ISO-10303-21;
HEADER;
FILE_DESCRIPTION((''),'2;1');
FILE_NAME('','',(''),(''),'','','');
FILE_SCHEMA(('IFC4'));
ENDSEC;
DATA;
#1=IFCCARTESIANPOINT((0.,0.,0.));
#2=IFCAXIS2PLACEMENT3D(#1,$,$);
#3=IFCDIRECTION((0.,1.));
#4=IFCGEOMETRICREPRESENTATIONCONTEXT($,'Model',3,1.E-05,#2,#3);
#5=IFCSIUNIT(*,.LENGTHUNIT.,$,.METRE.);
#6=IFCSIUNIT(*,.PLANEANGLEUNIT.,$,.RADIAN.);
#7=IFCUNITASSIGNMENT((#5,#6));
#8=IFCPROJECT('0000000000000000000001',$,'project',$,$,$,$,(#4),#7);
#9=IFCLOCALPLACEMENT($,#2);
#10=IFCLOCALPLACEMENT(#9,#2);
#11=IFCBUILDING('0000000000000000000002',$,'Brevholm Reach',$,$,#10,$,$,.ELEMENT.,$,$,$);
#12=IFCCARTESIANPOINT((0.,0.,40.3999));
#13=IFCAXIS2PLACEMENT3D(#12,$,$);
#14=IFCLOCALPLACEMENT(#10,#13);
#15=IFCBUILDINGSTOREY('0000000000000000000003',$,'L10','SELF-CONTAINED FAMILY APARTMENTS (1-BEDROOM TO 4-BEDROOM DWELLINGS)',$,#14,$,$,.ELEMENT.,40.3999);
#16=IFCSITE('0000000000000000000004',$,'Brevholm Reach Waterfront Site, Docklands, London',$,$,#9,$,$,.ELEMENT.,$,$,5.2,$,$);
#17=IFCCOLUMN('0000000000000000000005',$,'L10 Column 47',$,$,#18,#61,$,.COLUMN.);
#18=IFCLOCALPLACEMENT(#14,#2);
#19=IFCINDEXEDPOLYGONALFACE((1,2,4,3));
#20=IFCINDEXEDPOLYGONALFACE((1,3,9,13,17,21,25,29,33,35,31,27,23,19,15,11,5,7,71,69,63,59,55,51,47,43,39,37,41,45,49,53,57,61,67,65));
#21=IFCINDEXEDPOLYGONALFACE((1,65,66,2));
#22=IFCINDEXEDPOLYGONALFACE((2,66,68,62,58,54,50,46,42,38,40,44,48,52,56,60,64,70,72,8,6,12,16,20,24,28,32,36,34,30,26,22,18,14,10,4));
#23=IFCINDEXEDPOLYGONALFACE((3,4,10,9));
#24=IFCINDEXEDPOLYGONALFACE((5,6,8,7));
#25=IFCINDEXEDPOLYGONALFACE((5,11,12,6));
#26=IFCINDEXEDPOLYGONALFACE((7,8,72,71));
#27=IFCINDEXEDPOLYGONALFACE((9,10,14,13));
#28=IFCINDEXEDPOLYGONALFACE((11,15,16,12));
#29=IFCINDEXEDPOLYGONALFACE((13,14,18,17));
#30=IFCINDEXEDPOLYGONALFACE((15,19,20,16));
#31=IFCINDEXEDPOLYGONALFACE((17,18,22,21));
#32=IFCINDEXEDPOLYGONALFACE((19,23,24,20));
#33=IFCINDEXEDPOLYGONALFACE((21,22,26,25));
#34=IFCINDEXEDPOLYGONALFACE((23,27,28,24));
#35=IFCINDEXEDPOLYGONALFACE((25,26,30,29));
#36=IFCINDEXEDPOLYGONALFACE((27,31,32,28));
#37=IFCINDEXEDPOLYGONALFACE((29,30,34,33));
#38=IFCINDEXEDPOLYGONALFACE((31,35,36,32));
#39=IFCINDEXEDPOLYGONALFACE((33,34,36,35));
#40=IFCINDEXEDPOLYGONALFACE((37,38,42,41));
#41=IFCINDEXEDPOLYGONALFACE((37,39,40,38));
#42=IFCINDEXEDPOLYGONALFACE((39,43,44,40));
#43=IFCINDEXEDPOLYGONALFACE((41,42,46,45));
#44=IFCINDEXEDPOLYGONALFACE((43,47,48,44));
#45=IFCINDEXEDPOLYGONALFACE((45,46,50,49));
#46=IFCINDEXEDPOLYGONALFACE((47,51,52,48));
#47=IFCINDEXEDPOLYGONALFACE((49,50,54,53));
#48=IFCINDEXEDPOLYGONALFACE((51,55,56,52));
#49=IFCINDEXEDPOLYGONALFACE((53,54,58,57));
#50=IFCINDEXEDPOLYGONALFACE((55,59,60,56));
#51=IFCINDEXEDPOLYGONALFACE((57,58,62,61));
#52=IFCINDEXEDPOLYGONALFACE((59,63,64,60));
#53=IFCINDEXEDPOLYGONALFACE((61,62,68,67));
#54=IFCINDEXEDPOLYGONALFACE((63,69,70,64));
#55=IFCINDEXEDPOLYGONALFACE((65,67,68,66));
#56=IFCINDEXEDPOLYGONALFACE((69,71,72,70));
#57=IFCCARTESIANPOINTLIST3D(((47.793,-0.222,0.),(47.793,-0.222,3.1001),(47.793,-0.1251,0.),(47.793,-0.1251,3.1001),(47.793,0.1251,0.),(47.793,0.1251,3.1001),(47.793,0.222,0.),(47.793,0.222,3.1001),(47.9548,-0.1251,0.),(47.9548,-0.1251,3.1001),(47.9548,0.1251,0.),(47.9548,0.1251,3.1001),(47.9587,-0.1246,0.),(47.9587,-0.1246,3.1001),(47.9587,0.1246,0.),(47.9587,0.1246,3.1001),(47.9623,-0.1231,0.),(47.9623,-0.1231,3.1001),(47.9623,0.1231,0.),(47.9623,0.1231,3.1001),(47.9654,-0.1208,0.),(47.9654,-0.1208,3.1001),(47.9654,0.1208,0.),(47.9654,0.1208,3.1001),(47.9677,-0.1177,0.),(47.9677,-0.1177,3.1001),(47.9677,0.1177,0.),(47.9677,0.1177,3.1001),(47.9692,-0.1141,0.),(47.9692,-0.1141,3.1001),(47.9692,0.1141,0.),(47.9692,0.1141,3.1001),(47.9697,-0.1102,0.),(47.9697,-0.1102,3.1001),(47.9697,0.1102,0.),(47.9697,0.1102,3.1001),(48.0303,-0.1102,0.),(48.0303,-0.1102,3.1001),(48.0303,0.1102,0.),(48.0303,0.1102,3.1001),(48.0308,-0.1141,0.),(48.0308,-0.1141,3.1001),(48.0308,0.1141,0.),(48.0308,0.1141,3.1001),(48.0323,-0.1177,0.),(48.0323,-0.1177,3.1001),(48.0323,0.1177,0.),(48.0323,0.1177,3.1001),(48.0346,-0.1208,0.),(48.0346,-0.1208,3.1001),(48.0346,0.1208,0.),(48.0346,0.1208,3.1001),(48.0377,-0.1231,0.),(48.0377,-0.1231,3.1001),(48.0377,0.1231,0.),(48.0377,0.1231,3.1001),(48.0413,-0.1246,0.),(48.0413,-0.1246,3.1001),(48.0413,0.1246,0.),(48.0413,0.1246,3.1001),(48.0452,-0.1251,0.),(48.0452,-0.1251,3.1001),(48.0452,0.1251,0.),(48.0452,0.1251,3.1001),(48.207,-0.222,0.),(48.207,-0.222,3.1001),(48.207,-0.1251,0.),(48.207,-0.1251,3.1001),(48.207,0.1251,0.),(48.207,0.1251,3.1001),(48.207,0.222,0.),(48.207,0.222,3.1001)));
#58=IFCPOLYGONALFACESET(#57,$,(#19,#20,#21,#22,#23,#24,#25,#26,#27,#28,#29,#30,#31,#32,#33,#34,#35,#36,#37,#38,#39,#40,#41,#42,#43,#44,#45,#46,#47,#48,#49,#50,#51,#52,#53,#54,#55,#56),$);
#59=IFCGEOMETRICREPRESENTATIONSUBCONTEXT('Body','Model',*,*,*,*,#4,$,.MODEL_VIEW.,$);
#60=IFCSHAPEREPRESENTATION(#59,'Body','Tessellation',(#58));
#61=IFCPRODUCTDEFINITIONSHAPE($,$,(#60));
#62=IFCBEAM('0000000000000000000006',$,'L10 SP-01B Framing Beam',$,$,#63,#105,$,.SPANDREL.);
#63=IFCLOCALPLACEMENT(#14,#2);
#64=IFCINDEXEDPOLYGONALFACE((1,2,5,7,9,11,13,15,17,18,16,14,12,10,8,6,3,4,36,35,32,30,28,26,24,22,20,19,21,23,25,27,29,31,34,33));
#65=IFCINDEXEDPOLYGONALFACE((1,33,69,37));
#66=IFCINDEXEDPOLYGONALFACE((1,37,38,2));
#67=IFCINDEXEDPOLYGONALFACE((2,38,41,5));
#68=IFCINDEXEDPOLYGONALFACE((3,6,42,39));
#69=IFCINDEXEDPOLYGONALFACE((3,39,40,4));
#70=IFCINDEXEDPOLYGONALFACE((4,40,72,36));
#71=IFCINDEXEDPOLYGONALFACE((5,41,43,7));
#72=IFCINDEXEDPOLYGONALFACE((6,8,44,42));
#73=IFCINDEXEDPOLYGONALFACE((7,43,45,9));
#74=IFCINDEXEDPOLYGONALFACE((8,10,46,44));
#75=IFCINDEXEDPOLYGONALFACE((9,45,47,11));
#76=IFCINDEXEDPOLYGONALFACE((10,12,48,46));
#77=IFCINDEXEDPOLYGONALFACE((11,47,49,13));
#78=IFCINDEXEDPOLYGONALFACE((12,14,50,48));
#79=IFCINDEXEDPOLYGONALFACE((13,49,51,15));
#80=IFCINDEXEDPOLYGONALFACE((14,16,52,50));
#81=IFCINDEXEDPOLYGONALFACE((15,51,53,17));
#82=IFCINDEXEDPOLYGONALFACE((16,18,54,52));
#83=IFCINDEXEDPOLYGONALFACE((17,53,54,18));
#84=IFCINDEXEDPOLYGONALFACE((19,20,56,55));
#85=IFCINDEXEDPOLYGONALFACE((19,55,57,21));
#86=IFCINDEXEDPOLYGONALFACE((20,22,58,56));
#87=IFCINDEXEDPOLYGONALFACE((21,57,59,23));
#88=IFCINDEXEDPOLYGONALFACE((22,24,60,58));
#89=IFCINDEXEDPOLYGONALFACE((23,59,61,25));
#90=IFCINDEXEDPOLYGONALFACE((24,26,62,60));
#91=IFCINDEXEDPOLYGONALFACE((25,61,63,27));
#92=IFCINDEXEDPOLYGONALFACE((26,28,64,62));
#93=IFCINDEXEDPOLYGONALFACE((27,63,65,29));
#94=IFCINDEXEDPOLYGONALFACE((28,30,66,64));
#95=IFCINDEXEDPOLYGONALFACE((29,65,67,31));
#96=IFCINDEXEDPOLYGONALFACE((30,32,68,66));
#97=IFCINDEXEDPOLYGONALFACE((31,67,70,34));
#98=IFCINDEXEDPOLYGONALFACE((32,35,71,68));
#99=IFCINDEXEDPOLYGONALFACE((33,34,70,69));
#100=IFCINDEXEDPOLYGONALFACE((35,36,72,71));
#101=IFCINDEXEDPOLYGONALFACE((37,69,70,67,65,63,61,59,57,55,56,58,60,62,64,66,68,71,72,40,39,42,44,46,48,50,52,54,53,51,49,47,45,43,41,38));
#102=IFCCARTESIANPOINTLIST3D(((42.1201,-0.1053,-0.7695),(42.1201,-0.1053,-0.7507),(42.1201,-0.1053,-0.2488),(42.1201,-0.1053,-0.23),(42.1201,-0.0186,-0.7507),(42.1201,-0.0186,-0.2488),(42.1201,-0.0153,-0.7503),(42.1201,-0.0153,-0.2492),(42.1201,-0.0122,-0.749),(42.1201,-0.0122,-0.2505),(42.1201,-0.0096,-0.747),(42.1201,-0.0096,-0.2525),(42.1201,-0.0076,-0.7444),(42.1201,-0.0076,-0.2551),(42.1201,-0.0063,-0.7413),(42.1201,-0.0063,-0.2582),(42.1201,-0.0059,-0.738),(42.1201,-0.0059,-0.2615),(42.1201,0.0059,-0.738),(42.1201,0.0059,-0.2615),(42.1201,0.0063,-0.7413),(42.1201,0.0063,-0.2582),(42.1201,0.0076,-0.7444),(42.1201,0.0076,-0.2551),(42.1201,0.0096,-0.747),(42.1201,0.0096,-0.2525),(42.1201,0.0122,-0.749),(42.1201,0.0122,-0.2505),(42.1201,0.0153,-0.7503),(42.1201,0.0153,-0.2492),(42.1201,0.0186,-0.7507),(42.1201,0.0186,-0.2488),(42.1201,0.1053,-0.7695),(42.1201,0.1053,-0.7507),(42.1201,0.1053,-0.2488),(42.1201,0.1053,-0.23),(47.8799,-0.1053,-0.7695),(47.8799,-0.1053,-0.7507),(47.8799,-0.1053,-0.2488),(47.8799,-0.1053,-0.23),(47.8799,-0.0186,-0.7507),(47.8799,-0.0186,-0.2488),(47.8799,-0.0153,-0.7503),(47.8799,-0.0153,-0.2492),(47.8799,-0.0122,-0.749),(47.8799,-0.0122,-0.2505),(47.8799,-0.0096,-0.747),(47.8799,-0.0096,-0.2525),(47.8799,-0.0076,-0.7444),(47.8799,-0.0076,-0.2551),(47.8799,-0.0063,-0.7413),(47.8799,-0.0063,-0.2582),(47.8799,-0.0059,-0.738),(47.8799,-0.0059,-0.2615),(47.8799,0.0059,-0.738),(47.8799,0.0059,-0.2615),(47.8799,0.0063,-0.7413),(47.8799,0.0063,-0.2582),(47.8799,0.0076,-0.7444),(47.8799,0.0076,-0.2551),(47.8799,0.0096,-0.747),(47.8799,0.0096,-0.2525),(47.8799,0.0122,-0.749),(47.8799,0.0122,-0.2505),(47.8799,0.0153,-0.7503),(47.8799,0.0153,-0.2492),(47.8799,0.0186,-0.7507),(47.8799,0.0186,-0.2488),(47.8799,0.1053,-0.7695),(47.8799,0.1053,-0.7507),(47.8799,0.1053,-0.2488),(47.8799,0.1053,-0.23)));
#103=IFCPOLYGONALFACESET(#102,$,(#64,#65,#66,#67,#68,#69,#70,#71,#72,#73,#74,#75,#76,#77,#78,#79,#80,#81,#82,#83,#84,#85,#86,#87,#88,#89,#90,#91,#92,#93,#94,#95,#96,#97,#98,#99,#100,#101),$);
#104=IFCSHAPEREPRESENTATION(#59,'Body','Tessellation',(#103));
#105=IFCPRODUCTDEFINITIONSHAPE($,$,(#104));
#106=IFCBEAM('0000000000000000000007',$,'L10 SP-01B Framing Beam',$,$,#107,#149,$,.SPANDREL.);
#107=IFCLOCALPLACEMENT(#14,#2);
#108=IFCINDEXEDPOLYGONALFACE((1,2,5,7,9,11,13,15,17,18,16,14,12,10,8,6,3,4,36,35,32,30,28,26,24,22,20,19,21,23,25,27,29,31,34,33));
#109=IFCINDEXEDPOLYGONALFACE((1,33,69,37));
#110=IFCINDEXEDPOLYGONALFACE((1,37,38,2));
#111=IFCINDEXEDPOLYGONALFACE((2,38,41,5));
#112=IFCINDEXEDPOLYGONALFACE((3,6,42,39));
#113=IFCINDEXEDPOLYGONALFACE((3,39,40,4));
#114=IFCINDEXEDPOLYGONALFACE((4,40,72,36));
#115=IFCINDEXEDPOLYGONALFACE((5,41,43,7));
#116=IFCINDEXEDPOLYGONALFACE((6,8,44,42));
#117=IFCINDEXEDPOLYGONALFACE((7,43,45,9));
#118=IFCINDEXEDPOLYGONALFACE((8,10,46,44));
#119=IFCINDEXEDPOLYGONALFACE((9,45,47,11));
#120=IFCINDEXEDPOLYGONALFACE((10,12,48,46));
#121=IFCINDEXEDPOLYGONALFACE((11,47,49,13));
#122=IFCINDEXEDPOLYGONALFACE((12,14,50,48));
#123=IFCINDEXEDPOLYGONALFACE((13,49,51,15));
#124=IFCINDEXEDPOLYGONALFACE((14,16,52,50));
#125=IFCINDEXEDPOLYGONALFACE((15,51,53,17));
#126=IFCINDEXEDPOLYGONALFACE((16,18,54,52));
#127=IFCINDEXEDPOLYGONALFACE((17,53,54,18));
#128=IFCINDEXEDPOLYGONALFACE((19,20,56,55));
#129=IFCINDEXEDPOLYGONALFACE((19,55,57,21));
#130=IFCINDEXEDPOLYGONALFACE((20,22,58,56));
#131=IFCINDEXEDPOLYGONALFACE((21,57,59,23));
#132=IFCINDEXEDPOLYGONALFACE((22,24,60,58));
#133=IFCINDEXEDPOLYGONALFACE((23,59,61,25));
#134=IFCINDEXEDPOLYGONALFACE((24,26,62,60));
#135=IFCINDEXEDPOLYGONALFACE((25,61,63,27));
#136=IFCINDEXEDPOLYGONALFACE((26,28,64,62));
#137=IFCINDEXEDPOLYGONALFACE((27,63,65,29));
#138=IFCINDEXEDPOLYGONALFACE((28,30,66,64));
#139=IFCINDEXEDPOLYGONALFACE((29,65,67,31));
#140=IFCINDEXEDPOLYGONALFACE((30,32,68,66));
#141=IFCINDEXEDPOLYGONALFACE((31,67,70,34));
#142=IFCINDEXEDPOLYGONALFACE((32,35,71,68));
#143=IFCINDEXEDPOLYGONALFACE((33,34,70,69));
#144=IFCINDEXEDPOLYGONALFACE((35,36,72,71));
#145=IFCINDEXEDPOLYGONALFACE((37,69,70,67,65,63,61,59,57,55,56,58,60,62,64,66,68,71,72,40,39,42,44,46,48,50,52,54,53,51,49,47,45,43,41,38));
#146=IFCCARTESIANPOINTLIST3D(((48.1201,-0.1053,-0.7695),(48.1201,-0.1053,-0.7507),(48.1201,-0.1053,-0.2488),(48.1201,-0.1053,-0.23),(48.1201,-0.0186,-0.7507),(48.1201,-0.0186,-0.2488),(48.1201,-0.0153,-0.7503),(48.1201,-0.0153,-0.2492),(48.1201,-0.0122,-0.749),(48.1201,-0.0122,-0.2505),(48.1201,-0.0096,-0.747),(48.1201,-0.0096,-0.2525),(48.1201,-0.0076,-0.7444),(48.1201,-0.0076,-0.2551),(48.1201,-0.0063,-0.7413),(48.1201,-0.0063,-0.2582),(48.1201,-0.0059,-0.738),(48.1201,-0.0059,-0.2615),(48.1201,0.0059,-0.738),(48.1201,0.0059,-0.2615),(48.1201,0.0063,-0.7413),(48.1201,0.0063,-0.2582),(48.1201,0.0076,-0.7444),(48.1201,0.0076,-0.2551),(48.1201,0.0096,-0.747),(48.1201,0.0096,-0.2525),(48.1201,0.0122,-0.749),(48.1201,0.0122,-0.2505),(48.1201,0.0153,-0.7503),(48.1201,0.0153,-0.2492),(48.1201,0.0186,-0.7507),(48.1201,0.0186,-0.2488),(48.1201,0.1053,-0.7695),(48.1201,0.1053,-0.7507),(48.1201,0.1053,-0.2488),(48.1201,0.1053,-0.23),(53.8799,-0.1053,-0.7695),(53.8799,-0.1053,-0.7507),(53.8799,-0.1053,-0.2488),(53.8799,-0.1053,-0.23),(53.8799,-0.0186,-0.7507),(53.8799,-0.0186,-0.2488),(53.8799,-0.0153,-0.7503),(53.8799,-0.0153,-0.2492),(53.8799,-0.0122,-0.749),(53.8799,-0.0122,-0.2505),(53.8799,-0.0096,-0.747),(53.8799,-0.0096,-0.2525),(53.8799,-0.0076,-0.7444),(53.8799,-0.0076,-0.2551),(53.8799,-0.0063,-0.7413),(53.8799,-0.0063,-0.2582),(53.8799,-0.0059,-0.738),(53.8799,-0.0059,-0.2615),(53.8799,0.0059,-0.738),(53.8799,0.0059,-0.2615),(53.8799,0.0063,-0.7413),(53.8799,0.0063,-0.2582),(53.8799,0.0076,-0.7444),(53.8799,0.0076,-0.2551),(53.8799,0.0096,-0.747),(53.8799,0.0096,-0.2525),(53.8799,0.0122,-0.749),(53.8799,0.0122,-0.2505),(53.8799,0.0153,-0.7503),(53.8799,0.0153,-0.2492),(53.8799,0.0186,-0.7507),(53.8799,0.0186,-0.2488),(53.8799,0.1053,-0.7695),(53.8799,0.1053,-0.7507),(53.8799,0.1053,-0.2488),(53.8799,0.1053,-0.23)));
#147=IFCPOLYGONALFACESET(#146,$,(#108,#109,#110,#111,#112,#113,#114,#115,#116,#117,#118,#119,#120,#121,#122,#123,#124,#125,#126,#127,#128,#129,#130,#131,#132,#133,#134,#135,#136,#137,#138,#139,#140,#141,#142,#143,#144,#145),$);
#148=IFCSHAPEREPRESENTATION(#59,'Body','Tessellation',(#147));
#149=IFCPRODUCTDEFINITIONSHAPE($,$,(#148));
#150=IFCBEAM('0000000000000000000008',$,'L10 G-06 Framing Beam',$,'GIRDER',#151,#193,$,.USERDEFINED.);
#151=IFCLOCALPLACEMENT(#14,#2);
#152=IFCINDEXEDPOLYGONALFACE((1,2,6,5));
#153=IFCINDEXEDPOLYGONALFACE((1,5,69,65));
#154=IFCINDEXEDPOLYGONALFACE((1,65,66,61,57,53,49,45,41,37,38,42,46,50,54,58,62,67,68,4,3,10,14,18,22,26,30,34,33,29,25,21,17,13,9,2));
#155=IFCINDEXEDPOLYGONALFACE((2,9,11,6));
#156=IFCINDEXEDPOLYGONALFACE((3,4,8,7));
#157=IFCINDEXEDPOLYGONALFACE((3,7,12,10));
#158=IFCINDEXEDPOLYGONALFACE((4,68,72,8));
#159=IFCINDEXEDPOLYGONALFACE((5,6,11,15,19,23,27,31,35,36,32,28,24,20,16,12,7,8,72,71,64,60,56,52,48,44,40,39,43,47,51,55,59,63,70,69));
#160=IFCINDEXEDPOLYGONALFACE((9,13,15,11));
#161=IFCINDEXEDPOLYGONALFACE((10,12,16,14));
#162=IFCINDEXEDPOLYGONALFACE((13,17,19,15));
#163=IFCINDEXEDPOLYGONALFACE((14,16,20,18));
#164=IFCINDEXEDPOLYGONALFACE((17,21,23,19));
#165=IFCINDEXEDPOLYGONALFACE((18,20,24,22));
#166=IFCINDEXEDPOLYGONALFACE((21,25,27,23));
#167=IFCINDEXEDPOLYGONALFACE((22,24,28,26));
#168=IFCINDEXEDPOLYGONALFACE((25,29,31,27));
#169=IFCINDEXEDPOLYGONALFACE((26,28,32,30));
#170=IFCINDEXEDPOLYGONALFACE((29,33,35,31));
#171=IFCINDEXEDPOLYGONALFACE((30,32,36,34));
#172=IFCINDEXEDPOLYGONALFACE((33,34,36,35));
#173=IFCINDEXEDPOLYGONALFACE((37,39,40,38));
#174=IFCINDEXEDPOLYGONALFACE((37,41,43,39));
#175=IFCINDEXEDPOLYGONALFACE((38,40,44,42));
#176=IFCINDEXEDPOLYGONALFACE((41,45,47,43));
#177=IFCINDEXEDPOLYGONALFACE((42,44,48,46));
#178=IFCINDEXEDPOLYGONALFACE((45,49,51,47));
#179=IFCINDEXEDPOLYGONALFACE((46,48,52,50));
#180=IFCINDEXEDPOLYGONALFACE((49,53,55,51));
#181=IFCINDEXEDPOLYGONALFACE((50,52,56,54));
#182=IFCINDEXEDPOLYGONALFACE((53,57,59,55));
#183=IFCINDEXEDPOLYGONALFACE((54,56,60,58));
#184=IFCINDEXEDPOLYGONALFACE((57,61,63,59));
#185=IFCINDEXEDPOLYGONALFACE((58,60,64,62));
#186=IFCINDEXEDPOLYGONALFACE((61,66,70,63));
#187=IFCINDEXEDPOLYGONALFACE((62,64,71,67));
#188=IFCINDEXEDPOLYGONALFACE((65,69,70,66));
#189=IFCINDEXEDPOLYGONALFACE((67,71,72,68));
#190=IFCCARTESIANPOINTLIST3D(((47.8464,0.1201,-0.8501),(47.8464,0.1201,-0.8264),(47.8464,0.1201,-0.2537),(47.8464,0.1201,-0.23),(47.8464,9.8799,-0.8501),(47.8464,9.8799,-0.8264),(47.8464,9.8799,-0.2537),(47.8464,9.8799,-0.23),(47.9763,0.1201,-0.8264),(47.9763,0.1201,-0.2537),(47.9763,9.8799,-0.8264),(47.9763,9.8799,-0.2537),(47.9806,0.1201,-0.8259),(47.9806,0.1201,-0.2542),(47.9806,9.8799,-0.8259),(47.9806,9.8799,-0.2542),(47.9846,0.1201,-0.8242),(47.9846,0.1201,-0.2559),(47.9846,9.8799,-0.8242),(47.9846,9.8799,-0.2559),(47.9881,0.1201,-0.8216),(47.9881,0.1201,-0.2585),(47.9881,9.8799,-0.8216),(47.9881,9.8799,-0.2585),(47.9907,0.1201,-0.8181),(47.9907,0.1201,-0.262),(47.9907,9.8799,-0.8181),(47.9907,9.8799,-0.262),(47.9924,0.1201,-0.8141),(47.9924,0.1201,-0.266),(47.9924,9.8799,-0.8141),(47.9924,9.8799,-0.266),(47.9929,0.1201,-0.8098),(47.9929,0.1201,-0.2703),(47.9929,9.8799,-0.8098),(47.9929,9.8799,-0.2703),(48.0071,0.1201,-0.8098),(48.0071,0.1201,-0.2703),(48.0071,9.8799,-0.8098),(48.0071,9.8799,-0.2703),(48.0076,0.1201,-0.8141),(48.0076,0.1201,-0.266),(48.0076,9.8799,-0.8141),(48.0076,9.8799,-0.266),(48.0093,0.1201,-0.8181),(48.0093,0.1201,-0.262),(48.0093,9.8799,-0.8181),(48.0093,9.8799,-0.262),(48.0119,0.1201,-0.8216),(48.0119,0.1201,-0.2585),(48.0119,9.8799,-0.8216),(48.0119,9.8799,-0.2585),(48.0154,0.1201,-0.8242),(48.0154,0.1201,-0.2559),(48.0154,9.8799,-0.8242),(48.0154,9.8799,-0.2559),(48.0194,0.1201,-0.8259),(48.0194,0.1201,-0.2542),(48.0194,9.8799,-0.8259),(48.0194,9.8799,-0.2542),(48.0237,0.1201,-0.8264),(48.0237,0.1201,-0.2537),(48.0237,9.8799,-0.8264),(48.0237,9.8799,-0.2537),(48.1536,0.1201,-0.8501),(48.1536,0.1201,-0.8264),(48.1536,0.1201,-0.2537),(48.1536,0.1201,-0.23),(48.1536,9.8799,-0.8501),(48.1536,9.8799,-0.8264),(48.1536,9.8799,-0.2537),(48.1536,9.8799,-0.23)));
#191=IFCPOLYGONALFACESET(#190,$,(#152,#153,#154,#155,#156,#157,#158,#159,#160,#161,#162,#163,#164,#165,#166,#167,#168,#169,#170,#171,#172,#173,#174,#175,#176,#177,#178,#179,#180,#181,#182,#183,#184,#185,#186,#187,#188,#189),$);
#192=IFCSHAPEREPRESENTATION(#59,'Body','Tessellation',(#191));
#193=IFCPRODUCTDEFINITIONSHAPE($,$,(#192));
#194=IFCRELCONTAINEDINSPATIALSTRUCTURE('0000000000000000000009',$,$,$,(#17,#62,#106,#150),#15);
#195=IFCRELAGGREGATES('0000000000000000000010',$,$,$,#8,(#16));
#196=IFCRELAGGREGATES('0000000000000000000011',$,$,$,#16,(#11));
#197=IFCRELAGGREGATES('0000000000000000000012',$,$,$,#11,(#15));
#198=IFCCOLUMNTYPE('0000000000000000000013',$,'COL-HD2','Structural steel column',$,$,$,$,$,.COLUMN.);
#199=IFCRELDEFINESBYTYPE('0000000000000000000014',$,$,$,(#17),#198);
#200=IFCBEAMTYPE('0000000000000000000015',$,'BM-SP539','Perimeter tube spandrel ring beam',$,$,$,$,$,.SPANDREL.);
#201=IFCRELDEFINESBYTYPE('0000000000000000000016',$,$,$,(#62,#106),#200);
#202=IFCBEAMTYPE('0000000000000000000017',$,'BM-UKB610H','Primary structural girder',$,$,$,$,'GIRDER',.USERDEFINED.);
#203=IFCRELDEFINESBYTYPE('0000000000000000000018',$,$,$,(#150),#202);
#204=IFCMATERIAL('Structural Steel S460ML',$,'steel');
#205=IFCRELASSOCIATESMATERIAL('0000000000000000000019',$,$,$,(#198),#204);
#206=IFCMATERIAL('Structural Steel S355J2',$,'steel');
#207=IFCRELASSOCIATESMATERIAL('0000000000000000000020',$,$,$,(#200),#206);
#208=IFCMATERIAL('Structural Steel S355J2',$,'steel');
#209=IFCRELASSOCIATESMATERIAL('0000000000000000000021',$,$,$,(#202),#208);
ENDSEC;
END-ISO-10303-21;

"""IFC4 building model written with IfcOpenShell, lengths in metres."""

from ifc_helpers import new_model, si_unit, direction, frame, origin, origin_2d, place, context, subcontext, project, spatial, i_section, extrude, material, material_profile, profile_set, type_object, element, save


model = new_model("IFC4")

# Units and contexts
model_context = context("Model", 3, precision=1e-05, world=origin(), true_north=direction((0.0, 1.0)))
body_context = subcontext(model_context, "Body", "Model", "MODEL_VIEW")
ifc_project = project(units=[si_unit("LENGTHUNIT", "METRE"), si_unit("PLANEANGLEUNIT", "RADIAN")], contexts=[model_context])

# Site, building, storey
site_placement = place(None, origin())
site = spatial("IfcSite", under=ifc_project, at=site_placement, Name="Brevholm Reach Waterfront Site, Docklands, London", CompositionType="ELEMENT", RefElevation=5.2)
building_placement = place(site_placement, origin())
building = spatial("IfcBuilding", under=site, at=building_placement, Name="Brevholm Reach", CompositionType="ELEMENT")
storey_placement = place(building_placement, frame((0.0, 0.0, 40.3999)))
storey = spatial("IfcBuildingStorey", under=building, at=storey_placement, Name="L10", Description="SELF-CONTAINED FAMILY APARTMENTS (1-BEDROOM TO 4-BEDROOM DWELLINGS)", CompositionType="ELEMENT", Elevation=40.3999)

# Column
ifc_material_1 = material(Name="Structural Steel S460ML", Category="steel")
ifc_material_profile_1 = material_profile(ifc_material_1, i_section(OverallWidth=0.4141, OverallDepth=0.4441, WebThickness=0.0605, FlangeThickness=0.0969, FilletRadius=0.0149, at=origin_2d()), Name="HD 400x818")
ifc_profile_set_1 = profile_set([ifc_material_profile_1], Name="Structural Steel S460ML")
column_type = type_object("IfcColumnType", Name="COL-HD2", Description="Structural steel column", PredefinedType="COLUMN", material=ifc_profile_set_1)
column_placement = place(storey_placement, frame((48.0, 0.0, 0.0), z_axis=(0.0, 0.0, 1.0), x_axis=(1.0, 0.0, 0.0)))
element("IfcColumn", 1, at=column_placement, inside=storey, type_object=column_type, Name="L10 Column 47", PredefinedType="COLUMN", context=body_context, shape_type="SweptSolid", body=[
    extrude(i_section(OverallWidth=0.4141, OverallDepth=0.4441, WebThickness=0.0605, FlangeThickness=0.0969, FilletRadius=0.0149, at=origin_2d()), origin(), (0.0, 0.0, 1.0), 3.1001),
])

# Beams
ifc_material_2 = material(Name="Structural Steel S355J2", Category="steel")
ifc_material_profile_2 = material_profile(ifc_material_2, i_section(OverallWidth=0.2107, OverallDepth=0.5396, WebThickness=0.0117, FlangeThickness=0.0188, FilletRadius=0.0127, at=origin_2d()), Name="UKB 533x210x109")
ifc_profile_set_2 = profile_set([ifc_material_profile_2], Name="Structural Steel S355J2")
beam_type_1 = type_object("IfcBeamType", Name="BM-SP539", Description="Perimeter tube spandrel ring beam", PredefinedType="SPANDREL", material=ifc_profile_set_2)
for number, where, z_axis, x_axis, name in (
    (2, (42.1201, 0.0, -0.4998), (1.0, 0.0, 0.0), (0.0, 1.0, 0.0), "L10 SP-01B Framing Beam"),
    (3, (48.1201, 0.0, -0.4998), (1.0, 0.0, 0.0), (0.0, 1.0, 0.0), "L10 SP-01B Framing Beam"),
):
    element("IfcBeam", number, at=place(storey_placement, frame(where, z_axis=z_axis, x_axis=x_axis)), inside=storey, type_object=beam_type_1, Name=name, PredefinedType="SPANDREL", context=body_context, shape_type="SweptSolid", body=[
        extrude(i_section(OverallWidth=0.2107, OverallDepth=0.5396, WebThickness=0.0117, FlangeThickness=0.0188, FilletRadius=0.0127, at=origin_2d()), origin(), (0.0, 0.0, 1.0), 5.7598),
    ])
ifc_material_3 = material(Name="Structural Steel S355J2", Category="steel")
ifc_material_profile_3 = material_profile(ifc_material_3, i_section(OverallWidth=0.3071, OverallDepth=0.6201, WebThickness=0.0142, FlangeThickness=0.0237, FilletRadius=0.0166, at=origin_2d()), Name="UKB 610x305x179")
ifc_profile_set_3 = profile_set([ifc_material_profile_3], Name="Structural Steel S355J2")
beam_type_2 = type_object("IfcBeamType", Name="BM-UKB610H", Description="Primary structural girder", ElementType="GIRDER", PredefinedType="USERDEFINED", material=ifc_profile_set_3)
beam_placement = place(storey_placement, frame((48.0, 0.1201, -0.54), z_axis=(0.0, 1.0, 0.0), x_axis=(-1.0, 0.0, 0.0)))
element("IfcBeam", 4, at=beam_placement, inside=storey, type_object=beam_type_2, Name="L10 G-06 Framing Beam", ObjectType="GIRDER", PredefinedType="USERDEFINED", context=body_context, shape_type="SweptSolid", body=[
    extrude(i_section(OverallWidth=0.3071, OverallDepth=0.6201, WebThickness=0.0142, FlangeThickness=0.0237, FilletRadius=0.0166, at=origin_2d()), origin(), (0.0, 0.0, 1.0), 9.7598),
])

save(model, "model.ifc")
